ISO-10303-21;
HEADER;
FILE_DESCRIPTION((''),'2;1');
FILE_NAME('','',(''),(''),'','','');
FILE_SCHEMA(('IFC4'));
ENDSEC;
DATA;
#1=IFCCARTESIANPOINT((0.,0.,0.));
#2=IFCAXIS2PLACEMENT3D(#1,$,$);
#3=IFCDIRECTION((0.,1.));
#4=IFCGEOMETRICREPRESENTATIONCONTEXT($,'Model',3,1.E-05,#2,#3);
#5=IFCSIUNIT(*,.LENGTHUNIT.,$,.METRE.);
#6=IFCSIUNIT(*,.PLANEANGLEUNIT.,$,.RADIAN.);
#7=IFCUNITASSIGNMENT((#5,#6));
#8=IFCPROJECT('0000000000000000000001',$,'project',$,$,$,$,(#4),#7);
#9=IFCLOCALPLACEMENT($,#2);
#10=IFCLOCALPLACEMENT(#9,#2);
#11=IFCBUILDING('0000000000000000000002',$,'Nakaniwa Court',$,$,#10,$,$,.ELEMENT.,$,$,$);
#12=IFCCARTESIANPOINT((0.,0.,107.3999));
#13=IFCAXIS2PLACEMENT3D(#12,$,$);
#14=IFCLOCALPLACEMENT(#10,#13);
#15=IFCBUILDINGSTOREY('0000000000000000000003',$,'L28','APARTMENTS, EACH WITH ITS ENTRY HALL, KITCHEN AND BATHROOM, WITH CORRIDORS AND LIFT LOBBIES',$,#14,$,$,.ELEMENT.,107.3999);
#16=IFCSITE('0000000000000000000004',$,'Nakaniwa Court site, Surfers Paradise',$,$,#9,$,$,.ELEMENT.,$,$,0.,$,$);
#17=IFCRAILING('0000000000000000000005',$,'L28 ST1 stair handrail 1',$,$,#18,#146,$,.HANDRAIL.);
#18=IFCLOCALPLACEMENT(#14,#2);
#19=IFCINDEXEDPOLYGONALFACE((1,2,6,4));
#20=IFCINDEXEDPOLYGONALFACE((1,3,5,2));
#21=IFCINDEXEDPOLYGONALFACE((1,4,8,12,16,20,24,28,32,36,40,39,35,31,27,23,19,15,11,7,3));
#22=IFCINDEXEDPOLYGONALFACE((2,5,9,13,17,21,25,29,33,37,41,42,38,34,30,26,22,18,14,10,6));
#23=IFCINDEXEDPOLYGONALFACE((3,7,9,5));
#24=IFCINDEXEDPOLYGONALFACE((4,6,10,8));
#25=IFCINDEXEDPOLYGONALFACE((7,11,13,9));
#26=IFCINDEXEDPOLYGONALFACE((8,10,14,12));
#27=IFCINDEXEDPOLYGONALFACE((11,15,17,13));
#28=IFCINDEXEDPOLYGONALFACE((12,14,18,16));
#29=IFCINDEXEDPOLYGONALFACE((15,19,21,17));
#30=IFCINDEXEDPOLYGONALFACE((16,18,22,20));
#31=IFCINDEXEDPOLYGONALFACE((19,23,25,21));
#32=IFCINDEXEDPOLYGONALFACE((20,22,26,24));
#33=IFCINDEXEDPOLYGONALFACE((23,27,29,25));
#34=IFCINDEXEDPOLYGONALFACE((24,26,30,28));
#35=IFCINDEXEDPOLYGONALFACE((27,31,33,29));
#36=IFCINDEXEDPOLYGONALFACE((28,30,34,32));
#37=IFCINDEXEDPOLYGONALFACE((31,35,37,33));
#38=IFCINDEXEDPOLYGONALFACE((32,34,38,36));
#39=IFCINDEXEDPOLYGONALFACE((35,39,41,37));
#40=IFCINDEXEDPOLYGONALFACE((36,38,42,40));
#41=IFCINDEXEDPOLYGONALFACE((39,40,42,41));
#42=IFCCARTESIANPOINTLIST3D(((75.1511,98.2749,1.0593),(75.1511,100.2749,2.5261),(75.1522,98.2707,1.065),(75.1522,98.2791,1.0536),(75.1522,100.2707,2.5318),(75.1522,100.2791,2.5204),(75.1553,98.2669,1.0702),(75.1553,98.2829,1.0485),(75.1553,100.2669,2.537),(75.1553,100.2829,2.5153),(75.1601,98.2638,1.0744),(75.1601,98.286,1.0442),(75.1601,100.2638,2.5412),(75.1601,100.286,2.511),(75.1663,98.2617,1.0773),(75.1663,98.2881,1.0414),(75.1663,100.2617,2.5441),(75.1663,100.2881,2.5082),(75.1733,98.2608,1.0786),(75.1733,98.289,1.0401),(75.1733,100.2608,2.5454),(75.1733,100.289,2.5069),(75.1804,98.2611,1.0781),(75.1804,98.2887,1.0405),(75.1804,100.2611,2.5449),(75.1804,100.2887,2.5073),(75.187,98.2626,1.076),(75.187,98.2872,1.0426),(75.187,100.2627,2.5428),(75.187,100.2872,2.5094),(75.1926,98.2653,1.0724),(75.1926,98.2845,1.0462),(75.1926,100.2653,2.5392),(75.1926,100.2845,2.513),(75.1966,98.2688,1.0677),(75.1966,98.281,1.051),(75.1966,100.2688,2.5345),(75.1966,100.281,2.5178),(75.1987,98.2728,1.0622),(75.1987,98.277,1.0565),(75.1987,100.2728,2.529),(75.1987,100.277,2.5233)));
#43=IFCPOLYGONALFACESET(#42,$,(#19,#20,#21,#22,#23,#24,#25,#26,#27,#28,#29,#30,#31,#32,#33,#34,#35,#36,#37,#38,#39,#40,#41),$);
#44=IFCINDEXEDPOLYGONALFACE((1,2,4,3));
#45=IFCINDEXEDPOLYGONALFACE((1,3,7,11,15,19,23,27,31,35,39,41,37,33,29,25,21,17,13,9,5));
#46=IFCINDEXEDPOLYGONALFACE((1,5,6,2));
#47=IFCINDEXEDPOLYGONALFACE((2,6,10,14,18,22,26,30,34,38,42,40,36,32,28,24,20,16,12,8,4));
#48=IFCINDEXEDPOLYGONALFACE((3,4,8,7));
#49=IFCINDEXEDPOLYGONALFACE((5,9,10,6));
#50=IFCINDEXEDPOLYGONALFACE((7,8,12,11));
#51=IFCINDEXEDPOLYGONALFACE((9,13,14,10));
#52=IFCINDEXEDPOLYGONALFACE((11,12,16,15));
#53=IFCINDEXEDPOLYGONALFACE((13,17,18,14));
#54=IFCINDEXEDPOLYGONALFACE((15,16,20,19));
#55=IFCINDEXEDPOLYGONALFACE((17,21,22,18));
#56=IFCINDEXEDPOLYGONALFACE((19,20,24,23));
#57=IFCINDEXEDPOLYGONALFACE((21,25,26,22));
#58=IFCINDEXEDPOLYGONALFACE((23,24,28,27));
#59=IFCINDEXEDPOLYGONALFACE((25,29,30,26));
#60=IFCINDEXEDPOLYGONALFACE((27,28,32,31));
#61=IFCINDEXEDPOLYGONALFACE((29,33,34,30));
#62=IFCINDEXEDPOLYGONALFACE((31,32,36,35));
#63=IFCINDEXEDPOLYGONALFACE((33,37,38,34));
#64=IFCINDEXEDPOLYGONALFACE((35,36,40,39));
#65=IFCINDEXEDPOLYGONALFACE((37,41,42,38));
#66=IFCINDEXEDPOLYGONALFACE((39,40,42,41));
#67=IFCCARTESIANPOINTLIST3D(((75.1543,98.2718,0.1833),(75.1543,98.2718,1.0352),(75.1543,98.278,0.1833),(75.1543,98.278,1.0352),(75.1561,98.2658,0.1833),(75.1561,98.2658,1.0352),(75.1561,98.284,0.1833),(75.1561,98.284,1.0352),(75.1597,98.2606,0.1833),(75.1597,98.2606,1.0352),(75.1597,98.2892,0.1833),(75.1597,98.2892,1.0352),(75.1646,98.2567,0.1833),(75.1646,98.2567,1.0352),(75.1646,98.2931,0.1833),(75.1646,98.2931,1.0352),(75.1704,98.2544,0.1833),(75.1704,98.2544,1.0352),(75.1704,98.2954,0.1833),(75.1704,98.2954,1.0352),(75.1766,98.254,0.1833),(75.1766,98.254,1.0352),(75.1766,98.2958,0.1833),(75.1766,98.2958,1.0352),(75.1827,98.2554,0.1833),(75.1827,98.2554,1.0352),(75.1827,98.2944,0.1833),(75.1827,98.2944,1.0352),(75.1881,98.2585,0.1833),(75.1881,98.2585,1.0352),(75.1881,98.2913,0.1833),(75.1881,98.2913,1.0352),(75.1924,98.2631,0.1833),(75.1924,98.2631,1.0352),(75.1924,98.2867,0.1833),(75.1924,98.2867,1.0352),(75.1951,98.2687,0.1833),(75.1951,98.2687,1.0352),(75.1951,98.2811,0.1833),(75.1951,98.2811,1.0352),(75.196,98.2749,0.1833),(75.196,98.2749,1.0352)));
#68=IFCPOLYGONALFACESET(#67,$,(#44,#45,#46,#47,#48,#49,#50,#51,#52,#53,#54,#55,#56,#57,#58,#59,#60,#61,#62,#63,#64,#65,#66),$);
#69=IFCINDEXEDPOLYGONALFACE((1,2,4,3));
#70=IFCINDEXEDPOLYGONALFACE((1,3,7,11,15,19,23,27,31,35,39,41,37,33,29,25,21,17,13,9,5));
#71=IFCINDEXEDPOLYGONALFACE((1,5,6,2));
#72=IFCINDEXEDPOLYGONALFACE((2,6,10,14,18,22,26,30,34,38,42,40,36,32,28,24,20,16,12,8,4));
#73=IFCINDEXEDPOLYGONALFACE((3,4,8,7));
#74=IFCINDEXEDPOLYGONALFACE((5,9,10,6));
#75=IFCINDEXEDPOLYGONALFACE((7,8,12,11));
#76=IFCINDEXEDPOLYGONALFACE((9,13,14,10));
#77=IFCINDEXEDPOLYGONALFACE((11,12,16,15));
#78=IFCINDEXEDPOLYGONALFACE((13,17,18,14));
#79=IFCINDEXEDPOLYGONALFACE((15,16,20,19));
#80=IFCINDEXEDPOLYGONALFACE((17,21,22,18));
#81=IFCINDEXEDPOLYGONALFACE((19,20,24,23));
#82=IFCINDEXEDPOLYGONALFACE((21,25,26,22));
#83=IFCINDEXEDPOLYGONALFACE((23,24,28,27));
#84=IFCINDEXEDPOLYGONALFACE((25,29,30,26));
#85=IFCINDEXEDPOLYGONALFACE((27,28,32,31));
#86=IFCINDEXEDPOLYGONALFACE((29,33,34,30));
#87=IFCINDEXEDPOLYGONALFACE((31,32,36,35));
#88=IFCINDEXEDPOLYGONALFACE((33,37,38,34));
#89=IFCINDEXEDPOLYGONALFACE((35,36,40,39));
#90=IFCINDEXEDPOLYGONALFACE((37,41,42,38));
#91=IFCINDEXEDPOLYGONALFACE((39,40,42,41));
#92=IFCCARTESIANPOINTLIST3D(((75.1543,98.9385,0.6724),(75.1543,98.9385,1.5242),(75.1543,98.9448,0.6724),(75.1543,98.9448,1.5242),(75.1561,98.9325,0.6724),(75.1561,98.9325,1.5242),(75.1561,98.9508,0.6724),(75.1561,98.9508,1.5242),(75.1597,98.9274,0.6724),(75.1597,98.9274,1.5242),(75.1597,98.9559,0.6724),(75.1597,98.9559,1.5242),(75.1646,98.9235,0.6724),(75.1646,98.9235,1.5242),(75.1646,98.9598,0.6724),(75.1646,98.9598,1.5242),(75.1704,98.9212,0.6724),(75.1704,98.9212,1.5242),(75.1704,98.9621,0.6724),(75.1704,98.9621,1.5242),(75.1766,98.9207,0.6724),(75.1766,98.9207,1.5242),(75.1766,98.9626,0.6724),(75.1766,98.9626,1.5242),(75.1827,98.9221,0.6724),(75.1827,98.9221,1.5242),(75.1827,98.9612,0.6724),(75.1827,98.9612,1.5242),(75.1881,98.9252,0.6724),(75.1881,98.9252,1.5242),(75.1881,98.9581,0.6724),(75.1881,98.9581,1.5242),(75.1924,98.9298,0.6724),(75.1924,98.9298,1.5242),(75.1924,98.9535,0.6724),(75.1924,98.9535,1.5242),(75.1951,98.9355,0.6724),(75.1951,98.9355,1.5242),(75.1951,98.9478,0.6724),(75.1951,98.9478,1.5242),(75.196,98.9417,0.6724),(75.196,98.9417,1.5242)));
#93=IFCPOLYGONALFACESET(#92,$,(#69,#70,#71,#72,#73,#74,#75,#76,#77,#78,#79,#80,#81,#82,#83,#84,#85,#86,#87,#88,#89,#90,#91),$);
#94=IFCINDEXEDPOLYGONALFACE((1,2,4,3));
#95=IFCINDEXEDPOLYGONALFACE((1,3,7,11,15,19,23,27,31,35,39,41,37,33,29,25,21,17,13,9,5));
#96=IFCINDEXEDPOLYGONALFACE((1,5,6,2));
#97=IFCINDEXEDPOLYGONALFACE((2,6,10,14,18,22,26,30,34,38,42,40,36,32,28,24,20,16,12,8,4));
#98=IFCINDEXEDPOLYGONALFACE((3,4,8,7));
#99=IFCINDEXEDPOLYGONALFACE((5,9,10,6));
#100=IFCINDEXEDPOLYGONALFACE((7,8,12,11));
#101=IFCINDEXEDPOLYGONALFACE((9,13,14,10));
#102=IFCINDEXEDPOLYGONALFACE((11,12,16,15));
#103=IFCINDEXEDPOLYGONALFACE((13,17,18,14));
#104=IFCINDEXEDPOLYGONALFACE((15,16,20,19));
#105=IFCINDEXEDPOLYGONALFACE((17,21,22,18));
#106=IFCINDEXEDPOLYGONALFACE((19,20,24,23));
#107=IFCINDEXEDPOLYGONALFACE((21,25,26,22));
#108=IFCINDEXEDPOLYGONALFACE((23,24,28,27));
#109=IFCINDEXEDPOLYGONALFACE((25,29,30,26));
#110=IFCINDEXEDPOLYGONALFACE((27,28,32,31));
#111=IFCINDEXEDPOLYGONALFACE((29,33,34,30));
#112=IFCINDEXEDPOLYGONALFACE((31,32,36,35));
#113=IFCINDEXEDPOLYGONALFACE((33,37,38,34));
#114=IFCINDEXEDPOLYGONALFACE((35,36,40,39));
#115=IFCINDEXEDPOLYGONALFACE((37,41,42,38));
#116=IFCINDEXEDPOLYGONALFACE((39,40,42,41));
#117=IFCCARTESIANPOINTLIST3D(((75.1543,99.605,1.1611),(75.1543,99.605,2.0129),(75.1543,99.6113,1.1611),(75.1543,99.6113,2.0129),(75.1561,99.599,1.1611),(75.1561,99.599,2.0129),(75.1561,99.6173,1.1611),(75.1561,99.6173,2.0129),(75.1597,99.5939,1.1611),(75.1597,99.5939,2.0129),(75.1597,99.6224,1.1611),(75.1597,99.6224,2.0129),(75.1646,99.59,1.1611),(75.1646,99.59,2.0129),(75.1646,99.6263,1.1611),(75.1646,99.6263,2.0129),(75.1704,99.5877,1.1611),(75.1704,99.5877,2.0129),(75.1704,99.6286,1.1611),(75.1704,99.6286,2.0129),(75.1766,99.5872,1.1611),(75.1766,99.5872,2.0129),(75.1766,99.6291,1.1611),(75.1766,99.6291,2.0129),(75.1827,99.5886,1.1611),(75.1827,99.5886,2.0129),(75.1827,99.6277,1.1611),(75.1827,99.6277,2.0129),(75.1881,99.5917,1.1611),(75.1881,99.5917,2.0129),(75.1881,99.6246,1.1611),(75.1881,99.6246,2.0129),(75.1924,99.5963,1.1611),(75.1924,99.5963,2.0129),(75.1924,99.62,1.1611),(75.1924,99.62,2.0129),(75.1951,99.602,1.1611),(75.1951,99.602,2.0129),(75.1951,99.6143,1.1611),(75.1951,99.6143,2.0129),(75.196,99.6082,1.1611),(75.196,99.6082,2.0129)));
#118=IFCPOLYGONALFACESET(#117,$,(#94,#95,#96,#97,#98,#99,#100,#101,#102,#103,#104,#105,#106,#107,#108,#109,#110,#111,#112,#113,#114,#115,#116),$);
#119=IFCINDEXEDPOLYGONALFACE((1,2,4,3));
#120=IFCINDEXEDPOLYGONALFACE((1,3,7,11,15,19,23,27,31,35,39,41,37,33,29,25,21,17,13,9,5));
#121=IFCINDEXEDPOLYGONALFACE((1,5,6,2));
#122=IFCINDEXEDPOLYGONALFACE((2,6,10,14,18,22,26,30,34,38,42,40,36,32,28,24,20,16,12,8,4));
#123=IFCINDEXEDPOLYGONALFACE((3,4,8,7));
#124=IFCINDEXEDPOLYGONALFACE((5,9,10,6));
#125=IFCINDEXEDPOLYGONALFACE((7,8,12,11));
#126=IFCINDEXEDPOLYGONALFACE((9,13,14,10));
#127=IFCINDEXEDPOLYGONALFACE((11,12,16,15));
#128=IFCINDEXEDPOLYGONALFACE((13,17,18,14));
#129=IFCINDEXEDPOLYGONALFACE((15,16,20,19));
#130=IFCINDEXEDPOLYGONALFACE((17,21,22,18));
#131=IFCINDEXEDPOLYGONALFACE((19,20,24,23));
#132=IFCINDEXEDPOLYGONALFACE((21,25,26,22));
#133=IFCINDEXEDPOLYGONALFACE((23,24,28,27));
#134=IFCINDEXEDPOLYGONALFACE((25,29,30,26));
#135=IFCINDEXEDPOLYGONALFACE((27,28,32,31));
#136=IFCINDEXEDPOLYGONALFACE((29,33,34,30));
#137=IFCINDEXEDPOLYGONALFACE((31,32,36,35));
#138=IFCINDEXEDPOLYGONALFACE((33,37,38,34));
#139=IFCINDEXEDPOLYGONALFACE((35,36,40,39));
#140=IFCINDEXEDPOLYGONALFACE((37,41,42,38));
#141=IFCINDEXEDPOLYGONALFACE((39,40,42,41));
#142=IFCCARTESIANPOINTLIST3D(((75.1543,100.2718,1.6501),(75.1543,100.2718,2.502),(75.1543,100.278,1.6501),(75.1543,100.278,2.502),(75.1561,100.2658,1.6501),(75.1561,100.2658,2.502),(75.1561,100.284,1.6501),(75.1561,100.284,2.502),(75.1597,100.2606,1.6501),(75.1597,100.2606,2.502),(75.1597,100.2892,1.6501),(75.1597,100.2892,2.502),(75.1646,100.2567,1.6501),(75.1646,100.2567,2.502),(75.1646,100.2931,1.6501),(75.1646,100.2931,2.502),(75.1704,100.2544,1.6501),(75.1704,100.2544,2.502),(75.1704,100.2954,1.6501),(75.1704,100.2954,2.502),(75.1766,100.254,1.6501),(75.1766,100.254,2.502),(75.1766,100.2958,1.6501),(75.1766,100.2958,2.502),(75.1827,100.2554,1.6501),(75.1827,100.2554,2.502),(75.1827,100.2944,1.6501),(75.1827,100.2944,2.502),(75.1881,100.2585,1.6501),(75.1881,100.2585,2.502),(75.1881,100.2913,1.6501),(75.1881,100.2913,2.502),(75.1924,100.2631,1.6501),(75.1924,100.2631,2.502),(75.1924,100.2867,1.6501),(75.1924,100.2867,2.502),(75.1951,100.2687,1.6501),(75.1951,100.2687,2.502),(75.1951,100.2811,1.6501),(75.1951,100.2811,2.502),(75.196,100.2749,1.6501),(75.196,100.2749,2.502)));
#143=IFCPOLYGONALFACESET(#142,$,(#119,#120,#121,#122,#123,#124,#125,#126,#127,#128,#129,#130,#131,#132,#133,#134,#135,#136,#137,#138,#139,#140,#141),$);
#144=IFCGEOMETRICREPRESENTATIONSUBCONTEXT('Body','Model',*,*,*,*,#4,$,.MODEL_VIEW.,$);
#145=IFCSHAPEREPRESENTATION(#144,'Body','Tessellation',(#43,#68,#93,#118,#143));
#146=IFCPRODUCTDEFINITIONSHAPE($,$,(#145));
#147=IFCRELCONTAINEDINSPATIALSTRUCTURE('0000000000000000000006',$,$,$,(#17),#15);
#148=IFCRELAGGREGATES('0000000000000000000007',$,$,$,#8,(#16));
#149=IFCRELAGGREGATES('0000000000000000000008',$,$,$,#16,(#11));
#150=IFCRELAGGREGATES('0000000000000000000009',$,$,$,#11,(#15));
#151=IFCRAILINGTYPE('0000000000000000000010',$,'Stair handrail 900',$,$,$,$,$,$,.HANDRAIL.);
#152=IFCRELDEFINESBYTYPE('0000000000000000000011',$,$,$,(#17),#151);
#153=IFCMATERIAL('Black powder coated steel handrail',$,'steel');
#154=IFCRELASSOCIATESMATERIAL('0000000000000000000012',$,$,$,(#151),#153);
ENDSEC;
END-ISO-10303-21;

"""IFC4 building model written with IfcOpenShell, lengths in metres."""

from ifc_helpers import new_model, si_unit, direction, frame, origin, origin_2d, place, context, subcontext, project, spatial, circle, extrude, material, type_object, element, save


model = new_model("IFC4")

# Units and contexts
model_context = context("Model", 3, precision=1e-05, world=origin(), true_north=direction((0.0, 1.0)))
body_context = subcontext(model_context, "Body", "Model", "MODEL_VIEW")
ifc_project = project(units=[si_unit("LENGTHUNIT", "METRE"), si_unit("PLANEANGLEUNIT", "RADIAN")], contexts=[model_context])

# Site, building, storey
site_placement = place(None, origin())
site = spatial("IfcSite", under=ifc_project, at=site_placement, Name="Nakaniwa Court site, Surfers Paradise", CompositionType="ELEMENT", RefElevation=0.0)
building_placement = place(site_placement, origin())
building = spatial("IfcBuilding", under=site, at=building_placement, Name="Nakaniwa Court", CompositionType="ELEMENT")
storey_placement = place(building_placement, frame((0.0, 0.0, 107.3999)))
storey = spatial("IfcBuildingStorey", under=building, at=storey_placement, Name="L28", Description="APARTMENTS, EACH WITH ITS ENTRY HALL, KITCHEN AND BATHROOM, WITH CORRIDORS AND LIFT LOBBIES", CompositionType="ELEMENT", Elevation=107.3999)

# Railing
ifc_material_1 = material(Name="Black powder coated steel handrail", Category="steel")
railing_type_1 = type_object("IfcRailingType", Name="Stair handrail 900", PredefinedType="HANDRAIL", material=ifc_material_1)
railing_1_placement = place(storey_placement, frame((75.175, 98.2749, 0.1833)))
element("IfcRailing", 1, at=railing_1_placement, inside=storey, type_object=railing_type_1, Name="L28 ST1 stair handrail 1", PredefinedType="HANDRAIL", context=body_context, shape_type="SweptSolid", body=[
    extrude(circle(Radius=0.0239, at=origin_2d()), frame((0.0, 0.0, 0.876), z_axis=(0.0, 0.80638, 0.591398), x_axis=(-1.0, 0.0, 0.0)), (0.0, 0.0, 1.0), 2.4802),
    extrude(circle(Radius=0.021, at=origin_2d()), origin(), (0.0, 0.0, 1.0), 0.8518),
    extrude(circle(Radius=0.021, at=origin_2d()), frame((0.0, 0.6667, 0.489)), (0.0, 0.0, 1.0), 0.8518),
    extrude(circle(Radius=0.021, at=origin_2d()), frame((0.0, 1.3333, 0.9778)), (0.0, 0.0, 1.0), 0.8518),
    extrude(circle(Radius=0.021, at=origin_2d()), frame((0.0, 2.0, 1.4668)), (0.0, 0.0, 1.0), 0.8518),
])

save(model, "model.ifc")
